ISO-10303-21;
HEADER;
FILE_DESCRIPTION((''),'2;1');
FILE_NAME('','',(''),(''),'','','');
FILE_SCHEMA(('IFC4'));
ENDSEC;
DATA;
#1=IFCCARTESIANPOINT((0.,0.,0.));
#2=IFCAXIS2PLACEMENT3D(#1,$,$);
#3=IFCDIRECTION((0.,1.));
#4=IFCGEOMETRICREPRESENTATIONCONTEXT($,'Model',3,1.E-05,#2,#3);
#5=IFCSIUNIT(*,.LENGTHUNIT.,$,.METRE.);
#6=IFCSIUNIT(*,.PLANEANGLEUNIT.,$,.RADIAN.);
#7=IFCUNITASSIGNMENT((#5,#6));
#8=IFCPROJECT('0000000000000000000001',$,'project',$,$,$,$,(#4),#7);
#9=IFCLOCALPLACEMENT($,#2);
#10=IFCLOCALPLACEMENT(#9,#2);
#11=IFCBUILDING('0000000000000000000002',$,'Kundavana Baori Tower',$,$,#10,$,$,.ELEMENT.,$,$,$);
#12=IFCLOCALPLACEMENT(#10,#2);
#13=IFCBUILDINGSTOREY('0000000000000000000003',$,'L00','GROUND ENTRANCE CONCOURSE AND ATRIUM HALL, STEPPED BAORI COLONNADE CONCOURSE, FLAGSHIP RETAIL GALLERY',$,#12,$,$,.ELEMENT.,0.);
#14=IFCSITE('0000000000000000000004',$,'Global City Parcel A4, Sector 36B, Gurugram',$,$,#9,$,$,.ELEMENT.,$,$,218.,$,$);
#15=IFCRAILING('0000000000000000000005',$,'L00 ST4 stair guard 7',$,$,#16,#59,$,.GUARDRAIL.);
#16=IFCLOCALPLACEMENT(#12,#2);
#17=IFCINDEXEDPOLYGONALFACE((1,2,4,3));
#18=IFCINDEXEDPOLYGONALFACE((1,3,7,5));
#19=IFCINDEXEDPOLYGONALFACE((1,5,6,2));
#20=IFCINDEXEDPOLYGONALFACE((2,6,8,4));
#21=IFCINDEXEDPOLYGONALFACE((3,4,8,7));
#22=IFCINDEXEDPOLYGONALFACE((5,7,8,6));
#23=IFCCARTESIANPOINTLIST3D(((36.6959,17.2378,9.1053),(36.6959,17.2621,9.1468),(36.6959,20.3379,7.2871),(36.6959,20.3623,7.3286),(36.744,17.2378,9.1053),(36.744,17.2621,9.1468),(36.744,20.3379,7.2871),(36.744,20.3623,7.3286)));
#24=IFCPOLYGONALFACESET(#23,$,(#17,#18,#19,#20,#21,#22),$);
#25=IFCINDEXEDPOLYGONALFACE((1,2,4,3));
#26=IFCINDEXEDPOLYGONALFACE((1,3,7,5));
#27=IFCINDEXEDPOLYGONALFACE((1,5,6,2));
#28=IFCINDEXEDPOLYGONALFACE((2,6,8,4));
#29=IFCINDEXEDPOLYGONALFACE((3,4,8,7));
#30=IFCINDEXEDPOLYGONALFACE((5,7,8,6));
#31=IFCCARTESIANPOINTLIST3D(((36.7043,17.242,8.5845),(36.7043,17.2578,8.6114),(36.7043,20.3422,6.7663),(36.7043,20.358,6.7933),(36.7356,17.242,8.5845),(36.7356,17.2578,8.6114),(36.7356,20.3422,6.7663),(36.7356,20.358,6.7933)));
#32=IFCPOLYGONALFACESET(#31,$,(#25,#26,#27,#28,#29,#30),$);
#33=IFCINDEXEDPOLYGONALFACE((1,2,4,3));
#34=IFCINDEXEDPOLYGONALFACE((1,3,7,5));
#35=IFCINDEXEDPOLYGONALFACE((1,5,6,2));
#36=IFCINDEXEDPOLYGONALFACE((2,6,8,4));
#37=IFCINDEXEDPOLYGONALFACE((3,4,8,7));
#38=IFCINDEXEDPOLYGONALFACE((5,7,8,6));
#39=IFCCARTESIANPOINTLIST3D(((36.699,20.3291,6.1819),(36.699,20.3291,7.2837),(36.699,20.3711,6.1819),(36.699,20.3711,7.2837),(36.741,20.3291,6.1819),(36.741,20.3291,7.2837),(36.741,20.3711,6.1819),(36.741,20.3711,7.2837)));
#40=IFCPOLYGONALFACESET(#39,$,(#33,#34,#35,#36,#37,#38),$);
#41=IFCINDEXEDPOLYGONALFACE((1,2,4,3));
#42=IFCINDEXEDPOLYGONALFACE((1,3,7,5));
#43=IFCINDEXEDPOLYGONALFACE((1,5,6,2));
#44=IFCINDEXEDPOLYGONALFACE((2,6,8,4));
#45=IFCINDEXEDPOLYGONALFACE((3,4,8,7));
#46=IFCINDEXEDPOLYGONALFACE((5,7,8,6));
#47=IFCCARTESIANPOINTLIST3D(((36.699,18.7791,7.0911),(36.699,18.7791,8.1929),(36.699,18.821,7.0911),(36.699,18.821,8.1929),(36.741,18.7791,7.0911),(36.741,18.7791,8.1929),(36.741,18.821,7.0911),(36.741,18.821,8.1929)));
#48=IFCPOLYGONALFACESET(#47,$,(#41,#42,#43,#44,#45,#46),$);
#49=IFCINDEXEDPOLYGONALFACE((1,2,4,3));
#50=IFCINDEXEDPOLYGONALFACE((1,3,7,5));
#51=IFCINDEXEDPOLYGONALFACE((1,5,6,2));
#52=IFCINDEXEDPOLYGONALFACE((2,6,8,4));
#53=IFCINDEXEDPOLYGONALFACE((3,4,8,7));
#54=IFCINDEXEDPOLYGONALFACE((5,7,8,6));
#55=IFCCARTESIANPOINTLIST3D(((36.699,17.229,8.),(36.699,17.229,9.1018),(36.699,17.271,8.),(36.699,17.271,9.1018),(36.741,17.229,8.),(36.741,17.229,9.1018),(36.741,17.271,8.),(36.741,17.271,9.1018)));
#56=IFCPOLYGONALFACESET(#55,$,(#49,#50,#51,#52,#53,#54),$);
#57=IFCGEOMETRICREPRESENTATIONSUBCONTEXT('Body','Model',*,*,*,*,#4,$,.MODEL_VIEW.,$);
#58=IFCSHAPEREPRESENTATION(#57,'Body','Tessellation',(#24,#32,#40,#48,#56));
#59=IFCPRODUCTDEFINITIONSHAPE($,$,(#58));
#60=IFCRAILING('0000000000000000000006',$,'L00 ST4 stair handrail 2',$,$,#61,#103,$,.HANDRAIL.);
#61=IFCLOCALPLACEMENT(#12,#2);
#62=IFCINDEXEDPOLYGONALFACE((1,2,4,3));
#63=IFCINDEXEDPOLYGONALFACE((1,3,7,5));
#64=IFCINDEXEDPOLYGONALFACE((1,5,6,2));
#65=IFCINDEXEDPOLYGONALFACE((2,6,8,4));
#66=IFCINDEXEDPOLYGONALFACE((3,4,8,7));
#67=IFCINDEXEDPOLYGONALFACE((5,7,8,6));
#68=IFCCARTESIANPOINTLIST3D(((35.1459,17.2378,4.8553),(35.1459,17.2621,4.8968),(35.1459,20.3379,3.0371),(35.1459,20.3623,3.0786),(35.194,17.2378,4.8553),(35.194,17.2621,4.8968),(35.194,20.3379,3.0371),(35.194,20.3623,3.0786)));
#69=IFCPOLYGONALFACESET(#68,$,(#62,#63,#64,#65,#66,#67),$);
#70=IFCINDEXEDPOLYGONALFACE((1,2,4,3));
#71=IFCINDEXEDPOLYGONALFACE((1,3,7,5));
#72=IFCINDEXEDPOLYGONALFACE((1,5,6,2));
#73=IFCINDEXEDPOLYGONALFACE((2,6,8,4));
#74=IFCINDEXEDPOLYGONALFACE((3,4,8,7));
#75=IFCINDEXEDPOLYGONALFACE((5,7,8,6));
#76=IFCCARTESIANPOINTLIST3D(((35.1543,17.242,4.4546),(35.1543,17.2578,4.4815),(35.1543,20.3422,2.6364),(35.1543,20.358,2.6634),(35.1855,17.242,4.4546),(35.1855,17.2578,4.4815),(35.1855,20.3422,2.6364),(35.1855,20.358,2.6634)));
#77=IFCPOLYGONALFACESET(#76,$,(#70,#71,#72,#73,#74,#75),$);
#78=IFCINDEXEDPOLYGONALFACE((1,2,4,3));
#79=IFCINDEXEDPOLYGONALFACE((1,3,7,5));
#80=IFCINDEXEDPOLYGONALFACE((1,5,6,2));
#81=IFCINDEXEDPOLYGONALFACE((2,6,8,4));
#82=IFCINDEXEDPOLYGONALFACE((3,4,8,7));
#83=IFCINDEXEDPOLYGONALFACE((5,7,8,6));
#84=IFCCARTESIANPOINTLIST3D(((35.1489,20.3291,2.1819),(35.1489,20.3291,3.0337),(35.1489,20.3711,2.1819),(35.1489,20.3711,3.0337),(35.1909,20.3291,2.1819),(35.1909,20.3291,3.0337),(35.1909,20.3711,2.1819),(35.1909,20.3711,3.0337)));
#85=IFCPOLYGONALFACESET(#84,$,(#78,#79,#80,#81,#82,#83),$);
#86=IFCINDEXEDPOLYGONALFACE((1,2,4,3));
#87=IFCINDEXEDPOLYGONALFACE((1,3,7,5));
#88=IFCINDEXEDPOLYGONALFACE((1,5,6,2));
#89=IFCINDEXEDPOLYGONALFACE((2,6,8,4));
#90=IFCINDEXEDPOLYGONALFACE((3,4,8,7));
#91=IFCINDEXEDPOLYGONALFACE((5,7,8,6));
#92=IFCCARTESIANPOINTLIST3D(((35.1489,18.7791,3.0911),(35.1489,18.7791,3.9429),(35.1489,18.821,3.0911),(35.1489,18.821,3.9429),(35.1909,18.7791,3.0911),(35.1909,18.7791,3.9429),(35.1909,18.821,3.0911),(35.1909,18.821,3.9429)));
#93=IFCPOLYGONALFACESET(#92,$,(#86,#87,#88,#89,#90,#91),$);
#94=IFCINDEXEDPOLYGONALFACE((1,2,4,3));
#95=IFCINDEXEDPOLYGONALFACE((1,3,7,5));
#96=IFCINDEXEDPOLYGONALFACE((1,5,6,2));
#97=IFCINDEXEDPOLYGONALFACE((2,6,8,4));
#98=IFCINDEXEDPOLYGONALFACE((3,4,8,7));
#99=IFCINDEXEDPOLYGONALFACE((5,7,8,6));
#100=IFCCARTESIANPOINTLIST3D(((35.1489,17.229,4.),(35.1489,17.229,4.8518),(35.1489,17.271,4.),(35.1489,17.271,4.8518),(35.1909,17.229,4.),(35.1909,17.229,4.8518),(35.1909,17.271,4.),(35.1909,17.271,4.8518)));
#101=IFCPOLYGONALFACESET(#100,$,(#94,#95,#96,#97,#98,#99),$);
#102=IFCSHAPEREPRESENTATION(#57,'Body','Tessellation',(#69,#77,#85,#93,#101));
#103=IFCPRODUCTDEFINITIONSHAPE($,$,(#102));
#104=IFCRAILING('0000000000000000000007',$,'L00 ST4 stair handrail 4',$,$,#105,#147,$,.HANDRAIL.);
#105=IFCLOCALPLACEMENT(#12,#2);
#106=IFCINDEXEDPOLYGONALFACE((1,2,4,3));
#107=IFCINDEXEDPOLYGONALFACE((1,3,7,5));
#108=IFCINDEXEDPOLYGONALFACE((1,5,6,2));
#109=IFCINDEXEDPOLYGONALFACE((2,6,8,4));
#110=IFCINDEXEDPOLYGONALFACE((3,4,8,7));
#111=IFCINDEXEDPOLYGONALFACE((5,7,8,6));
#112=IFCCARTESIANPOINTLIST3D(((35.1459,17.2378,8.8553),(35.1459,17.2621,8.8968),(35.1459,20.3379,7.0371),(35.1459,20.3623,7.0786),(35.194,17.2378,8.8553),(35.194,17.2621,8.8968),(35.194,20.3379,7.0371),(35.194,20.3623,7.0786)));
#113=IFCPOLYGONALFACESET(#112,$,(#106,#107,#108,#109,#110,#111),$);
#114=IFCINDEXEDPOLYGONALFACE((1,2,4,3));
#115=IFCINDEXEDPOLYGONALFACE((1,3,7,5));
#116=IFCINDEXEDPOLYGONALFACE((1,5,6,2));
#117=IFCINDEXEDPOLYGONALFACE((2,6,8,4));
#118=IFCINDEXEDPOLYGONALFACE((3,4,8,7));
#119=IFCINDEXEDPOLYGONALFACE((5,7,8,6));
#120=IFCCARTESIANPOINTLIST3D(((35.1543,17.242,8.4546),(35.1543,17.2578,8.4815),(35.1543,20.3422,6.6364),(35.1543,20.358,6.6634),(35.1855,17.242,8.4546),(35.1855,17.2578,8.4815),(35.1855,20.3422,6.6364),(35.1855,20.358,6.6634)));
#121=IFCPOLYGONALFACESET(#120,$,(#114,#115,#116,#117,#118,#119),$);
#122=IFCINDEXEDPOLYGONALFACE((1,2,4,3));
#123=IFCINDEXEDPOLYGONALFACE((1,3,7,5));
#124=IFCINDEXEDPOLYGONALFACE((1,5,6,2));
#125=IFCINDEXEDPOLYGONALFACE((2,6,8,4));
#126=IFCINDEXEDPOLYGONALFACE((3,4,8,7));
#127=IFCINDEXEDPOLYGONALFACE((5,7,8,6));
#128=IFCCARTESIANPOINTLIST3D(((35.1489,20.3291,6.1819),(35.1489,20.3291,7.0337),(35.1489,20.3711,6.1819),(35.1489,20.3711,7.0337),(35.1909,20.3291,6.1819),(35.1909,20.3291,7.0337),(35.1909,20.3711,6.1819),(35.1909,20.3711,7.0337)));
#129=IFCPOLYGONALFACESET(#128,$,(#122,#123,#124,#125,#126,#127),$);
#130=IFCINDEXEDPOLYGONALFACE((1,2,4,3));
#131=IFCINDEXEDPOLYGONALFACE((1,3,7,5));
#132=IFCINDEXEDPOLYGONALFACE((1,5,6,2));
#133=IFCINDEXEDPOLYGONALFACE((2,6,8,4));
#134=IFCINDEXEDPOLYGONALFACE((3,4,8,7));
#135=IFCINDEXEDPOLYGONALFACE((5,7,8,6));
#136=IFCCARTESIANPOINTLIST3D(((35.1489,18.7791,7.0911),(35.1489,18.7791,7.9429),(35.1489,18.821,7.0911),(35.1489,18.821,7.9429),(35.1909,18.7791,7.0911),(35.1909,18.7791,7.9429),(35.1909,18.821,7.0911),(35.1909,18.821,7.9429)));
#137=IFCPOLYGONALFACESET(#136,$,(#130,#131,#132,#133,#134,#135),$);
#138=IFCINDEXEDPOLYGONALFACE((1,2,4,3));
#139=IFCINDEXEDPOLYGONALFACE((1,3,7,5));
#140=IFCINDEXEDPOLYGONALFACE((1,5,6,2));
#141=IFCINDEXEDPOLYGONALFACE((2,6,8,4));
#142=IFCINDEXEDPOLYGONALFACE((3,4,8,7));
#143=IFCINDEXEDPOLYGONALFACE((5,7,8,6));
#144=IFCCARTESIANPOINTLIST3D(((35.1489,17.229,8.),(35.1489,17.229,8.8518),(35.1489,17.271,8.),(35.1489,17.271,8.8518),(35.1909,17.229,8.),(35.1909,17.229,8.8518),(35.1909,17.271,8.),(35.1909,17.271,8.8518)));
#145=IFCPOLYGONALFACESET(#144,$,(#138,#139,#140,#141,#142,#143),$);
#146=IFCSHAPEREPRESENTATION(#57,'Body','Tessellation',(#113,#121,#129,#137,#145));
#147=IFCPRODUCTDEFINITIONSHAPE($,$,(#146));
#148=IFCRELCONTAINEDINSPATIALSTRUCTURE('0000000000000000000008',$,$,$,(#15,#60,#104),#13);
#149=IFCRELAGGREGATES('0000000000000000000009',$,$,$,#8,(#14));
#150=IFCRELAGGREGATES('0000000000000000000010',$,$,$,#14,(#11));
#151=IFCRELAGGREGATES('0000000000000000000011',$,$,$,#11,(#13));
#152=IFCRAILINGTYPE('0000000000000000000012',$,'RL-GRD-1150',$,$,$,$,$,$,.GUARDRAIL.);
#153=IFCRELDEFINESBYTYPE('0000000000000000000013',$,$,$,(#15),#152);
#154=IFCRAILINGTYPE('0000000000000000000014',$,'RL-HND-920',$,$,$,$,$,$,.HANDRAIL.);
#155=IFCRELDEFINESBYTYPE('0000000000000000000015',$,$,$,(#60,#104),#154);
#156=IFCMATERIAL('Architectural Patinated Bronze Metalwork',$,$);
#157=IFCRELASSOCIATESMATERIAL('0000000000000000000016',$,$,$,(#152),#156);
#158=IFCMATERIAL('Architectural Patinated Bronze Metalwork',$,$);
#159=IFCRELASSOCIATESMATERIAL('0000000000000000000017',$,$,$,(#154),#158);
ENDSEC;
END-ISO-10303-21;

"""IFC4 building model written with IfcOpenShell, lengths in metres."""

from ifc_helpers import new_model, si_unit, direction, frame, origin, origin_2d, place, context, subcontext, project, spatial, rectangle, extrude, material, type_object, element, save


model = new_model("IFC4")

# Units and contexts
model_context = context("Model", 3, precision=1e-05, world=origin(), true_north=direction((0.0, 1.0)))
body_context = subcontext(model_context, "Body", "Model", "MODEL_VIEW")
ifc_project = project(units=[si_unit("LENGTHUNIT", "METRE"), si_unit("PLANEANGLEUNIT", "RADIAN")], contexts=[model_context])

# Site, building, storey
site_placement = place(None, origin())
site = spatial("IfcSite", under=ifc_project, at=site_placement, Name="Global City Parcel A4, Sector 36B, Gurugram", CompositionType="ELEMENT", RefElevation=218.0)
building_placement = place(site_placement, origin())
building = spatial("IfcBuilding", under=site, at=building_placement, Name="Kundavana Baori Tower", CompositionType="ELEMENT")
storey_placement = place(building_placement, origin())
storey = spatial("IfcBuildingStorey", under=building, at=storey_placement, Name="L00", Description="GROUND ENTRANCE CONCOURSE AND ATRIUM HALL, STEPPED BAORI COLONNADE CONCOURSE, FLAGSHIP RETAIL GALLERY", CompositionType="ELEMENT", Elevation=0.0)

# Railings
ifc_material_1 = material(Name="Architectural Patinated Bronze Metalwork")
railing_type_1 = type_object("IfcRailingType", Name="RL-GRD-1150", PredefinedType="GUARDRAIL", material=ifc_material_1)
railing_1_placement = place(storey_placement, frame((36.72, 20.3501, 6.1819)))
element("IfcRailing", 1, at=railing_1_placement, inside=storey, type_object=railing_type_1, Name="L00 ST4 stair guard 7", PredefinedType="GUARDRAIL", context=body_context, shape_type="SweptSolid", body=[
    extrude(rectangle(XDim=0.0481, YDim=0.0481, at=origin_2d()), frame((0.0, 0.0, 1.126), z_axis=(0.0, -0.862599, 0.505889), x_axis=(1.0, 0.0, 0.0)), (0.0, 0.0, 1.0), 3.594),
    extrude(rectangle(XDim=0.0312, YDim=0.0312, at=origin_2d()), frame((0.0, 0.0, 0.5979), z_axis=(0.0, -0.862599, 0.505889), x_axis=(1.0, 0.0, 0.0)), (0.0, 0.0, 1.0), 3.594),
    extrude(rectangle(XDim=0.042, YDim=0.042, at=origin_2d()), origin(), (0.0, 0.0, 1.0), 1.1018),
    extrude(rectangle(XDim=0.042, YDim=0.042, at=origin_2d()), frame((0.0, -1.55, 0.9092)), (0.0, 0.0, 1.0), 1.1018),
    extrude(rectangle(XDim=0.042, YDim=0.042, at=origin_2d()), frame((0.0, -3.1001, 1.8181)), (0.0, 0.0, 1.0), 1.1018),
])
ifc_material_2 = material(Name="Architectural Patinated Bronze Metalwork")
railing_type_2 = type_object("IfcRailingType", Name="RL-HND-920", PredefinedType="HANDRAIL", material=ifc_material_2)
for number, where, name in (
    (2, (35.1699, 20.3501, 2.1819), "L00 ST4 stair handrail 2"),
    (3, (35.1699, 20.3501, 6.1819), "L00 ST4 stair handrail 4"),
):
    element("IfcRailing", number, at=place(storey_placement, frame(where)), inside=storey, type_object=railing_type_2, Name=name, PredefinedType="HANDRAIL", context=body_context, shape_type="SweptSolid", body=[
        extrude(rectangle(XDim=0.0481, YDim=0.0481, at=origin_2d()), frame((0.0, 0.0, 0.876), z_axis=(0.0, -0.862599, 0.505889), x_axis=(1.0, 0.0, 0.0)), (0.0, 0.0, 1.0), 3.594),
        extrude(rectangle(XDim=0.0312, YDim=0.0312, at=origin_2d()), frame((0.0, 0.0, 0.468), z_axis=(0.0, -0.862599, 0.505889), x_axis=(1.0, 0.0, 0.0)), (0.0, 0.0, 1.0), 3.594),
        extrude(rectangle(XDim=0.042, YDim=0.042, at=origin_2d()), origin(), (0.0, 0.0, 1.0), 0.8518),
        extrude(rectangle(XDim=0.042, YDim=0.042, at=origin_2d()), frame((0.0, -1.55, 0.9092)), (0.0, 0.0, 1.0), 0.8518),
        extrude(rectangle(XDim=0.042, YDim=0.042, at=origin_2d()), frame((0.0, -3.1001, 1.8181)), (0.0, 0.0, 1.0), 0.8518),
    ])

save(model, "model.ifc")
